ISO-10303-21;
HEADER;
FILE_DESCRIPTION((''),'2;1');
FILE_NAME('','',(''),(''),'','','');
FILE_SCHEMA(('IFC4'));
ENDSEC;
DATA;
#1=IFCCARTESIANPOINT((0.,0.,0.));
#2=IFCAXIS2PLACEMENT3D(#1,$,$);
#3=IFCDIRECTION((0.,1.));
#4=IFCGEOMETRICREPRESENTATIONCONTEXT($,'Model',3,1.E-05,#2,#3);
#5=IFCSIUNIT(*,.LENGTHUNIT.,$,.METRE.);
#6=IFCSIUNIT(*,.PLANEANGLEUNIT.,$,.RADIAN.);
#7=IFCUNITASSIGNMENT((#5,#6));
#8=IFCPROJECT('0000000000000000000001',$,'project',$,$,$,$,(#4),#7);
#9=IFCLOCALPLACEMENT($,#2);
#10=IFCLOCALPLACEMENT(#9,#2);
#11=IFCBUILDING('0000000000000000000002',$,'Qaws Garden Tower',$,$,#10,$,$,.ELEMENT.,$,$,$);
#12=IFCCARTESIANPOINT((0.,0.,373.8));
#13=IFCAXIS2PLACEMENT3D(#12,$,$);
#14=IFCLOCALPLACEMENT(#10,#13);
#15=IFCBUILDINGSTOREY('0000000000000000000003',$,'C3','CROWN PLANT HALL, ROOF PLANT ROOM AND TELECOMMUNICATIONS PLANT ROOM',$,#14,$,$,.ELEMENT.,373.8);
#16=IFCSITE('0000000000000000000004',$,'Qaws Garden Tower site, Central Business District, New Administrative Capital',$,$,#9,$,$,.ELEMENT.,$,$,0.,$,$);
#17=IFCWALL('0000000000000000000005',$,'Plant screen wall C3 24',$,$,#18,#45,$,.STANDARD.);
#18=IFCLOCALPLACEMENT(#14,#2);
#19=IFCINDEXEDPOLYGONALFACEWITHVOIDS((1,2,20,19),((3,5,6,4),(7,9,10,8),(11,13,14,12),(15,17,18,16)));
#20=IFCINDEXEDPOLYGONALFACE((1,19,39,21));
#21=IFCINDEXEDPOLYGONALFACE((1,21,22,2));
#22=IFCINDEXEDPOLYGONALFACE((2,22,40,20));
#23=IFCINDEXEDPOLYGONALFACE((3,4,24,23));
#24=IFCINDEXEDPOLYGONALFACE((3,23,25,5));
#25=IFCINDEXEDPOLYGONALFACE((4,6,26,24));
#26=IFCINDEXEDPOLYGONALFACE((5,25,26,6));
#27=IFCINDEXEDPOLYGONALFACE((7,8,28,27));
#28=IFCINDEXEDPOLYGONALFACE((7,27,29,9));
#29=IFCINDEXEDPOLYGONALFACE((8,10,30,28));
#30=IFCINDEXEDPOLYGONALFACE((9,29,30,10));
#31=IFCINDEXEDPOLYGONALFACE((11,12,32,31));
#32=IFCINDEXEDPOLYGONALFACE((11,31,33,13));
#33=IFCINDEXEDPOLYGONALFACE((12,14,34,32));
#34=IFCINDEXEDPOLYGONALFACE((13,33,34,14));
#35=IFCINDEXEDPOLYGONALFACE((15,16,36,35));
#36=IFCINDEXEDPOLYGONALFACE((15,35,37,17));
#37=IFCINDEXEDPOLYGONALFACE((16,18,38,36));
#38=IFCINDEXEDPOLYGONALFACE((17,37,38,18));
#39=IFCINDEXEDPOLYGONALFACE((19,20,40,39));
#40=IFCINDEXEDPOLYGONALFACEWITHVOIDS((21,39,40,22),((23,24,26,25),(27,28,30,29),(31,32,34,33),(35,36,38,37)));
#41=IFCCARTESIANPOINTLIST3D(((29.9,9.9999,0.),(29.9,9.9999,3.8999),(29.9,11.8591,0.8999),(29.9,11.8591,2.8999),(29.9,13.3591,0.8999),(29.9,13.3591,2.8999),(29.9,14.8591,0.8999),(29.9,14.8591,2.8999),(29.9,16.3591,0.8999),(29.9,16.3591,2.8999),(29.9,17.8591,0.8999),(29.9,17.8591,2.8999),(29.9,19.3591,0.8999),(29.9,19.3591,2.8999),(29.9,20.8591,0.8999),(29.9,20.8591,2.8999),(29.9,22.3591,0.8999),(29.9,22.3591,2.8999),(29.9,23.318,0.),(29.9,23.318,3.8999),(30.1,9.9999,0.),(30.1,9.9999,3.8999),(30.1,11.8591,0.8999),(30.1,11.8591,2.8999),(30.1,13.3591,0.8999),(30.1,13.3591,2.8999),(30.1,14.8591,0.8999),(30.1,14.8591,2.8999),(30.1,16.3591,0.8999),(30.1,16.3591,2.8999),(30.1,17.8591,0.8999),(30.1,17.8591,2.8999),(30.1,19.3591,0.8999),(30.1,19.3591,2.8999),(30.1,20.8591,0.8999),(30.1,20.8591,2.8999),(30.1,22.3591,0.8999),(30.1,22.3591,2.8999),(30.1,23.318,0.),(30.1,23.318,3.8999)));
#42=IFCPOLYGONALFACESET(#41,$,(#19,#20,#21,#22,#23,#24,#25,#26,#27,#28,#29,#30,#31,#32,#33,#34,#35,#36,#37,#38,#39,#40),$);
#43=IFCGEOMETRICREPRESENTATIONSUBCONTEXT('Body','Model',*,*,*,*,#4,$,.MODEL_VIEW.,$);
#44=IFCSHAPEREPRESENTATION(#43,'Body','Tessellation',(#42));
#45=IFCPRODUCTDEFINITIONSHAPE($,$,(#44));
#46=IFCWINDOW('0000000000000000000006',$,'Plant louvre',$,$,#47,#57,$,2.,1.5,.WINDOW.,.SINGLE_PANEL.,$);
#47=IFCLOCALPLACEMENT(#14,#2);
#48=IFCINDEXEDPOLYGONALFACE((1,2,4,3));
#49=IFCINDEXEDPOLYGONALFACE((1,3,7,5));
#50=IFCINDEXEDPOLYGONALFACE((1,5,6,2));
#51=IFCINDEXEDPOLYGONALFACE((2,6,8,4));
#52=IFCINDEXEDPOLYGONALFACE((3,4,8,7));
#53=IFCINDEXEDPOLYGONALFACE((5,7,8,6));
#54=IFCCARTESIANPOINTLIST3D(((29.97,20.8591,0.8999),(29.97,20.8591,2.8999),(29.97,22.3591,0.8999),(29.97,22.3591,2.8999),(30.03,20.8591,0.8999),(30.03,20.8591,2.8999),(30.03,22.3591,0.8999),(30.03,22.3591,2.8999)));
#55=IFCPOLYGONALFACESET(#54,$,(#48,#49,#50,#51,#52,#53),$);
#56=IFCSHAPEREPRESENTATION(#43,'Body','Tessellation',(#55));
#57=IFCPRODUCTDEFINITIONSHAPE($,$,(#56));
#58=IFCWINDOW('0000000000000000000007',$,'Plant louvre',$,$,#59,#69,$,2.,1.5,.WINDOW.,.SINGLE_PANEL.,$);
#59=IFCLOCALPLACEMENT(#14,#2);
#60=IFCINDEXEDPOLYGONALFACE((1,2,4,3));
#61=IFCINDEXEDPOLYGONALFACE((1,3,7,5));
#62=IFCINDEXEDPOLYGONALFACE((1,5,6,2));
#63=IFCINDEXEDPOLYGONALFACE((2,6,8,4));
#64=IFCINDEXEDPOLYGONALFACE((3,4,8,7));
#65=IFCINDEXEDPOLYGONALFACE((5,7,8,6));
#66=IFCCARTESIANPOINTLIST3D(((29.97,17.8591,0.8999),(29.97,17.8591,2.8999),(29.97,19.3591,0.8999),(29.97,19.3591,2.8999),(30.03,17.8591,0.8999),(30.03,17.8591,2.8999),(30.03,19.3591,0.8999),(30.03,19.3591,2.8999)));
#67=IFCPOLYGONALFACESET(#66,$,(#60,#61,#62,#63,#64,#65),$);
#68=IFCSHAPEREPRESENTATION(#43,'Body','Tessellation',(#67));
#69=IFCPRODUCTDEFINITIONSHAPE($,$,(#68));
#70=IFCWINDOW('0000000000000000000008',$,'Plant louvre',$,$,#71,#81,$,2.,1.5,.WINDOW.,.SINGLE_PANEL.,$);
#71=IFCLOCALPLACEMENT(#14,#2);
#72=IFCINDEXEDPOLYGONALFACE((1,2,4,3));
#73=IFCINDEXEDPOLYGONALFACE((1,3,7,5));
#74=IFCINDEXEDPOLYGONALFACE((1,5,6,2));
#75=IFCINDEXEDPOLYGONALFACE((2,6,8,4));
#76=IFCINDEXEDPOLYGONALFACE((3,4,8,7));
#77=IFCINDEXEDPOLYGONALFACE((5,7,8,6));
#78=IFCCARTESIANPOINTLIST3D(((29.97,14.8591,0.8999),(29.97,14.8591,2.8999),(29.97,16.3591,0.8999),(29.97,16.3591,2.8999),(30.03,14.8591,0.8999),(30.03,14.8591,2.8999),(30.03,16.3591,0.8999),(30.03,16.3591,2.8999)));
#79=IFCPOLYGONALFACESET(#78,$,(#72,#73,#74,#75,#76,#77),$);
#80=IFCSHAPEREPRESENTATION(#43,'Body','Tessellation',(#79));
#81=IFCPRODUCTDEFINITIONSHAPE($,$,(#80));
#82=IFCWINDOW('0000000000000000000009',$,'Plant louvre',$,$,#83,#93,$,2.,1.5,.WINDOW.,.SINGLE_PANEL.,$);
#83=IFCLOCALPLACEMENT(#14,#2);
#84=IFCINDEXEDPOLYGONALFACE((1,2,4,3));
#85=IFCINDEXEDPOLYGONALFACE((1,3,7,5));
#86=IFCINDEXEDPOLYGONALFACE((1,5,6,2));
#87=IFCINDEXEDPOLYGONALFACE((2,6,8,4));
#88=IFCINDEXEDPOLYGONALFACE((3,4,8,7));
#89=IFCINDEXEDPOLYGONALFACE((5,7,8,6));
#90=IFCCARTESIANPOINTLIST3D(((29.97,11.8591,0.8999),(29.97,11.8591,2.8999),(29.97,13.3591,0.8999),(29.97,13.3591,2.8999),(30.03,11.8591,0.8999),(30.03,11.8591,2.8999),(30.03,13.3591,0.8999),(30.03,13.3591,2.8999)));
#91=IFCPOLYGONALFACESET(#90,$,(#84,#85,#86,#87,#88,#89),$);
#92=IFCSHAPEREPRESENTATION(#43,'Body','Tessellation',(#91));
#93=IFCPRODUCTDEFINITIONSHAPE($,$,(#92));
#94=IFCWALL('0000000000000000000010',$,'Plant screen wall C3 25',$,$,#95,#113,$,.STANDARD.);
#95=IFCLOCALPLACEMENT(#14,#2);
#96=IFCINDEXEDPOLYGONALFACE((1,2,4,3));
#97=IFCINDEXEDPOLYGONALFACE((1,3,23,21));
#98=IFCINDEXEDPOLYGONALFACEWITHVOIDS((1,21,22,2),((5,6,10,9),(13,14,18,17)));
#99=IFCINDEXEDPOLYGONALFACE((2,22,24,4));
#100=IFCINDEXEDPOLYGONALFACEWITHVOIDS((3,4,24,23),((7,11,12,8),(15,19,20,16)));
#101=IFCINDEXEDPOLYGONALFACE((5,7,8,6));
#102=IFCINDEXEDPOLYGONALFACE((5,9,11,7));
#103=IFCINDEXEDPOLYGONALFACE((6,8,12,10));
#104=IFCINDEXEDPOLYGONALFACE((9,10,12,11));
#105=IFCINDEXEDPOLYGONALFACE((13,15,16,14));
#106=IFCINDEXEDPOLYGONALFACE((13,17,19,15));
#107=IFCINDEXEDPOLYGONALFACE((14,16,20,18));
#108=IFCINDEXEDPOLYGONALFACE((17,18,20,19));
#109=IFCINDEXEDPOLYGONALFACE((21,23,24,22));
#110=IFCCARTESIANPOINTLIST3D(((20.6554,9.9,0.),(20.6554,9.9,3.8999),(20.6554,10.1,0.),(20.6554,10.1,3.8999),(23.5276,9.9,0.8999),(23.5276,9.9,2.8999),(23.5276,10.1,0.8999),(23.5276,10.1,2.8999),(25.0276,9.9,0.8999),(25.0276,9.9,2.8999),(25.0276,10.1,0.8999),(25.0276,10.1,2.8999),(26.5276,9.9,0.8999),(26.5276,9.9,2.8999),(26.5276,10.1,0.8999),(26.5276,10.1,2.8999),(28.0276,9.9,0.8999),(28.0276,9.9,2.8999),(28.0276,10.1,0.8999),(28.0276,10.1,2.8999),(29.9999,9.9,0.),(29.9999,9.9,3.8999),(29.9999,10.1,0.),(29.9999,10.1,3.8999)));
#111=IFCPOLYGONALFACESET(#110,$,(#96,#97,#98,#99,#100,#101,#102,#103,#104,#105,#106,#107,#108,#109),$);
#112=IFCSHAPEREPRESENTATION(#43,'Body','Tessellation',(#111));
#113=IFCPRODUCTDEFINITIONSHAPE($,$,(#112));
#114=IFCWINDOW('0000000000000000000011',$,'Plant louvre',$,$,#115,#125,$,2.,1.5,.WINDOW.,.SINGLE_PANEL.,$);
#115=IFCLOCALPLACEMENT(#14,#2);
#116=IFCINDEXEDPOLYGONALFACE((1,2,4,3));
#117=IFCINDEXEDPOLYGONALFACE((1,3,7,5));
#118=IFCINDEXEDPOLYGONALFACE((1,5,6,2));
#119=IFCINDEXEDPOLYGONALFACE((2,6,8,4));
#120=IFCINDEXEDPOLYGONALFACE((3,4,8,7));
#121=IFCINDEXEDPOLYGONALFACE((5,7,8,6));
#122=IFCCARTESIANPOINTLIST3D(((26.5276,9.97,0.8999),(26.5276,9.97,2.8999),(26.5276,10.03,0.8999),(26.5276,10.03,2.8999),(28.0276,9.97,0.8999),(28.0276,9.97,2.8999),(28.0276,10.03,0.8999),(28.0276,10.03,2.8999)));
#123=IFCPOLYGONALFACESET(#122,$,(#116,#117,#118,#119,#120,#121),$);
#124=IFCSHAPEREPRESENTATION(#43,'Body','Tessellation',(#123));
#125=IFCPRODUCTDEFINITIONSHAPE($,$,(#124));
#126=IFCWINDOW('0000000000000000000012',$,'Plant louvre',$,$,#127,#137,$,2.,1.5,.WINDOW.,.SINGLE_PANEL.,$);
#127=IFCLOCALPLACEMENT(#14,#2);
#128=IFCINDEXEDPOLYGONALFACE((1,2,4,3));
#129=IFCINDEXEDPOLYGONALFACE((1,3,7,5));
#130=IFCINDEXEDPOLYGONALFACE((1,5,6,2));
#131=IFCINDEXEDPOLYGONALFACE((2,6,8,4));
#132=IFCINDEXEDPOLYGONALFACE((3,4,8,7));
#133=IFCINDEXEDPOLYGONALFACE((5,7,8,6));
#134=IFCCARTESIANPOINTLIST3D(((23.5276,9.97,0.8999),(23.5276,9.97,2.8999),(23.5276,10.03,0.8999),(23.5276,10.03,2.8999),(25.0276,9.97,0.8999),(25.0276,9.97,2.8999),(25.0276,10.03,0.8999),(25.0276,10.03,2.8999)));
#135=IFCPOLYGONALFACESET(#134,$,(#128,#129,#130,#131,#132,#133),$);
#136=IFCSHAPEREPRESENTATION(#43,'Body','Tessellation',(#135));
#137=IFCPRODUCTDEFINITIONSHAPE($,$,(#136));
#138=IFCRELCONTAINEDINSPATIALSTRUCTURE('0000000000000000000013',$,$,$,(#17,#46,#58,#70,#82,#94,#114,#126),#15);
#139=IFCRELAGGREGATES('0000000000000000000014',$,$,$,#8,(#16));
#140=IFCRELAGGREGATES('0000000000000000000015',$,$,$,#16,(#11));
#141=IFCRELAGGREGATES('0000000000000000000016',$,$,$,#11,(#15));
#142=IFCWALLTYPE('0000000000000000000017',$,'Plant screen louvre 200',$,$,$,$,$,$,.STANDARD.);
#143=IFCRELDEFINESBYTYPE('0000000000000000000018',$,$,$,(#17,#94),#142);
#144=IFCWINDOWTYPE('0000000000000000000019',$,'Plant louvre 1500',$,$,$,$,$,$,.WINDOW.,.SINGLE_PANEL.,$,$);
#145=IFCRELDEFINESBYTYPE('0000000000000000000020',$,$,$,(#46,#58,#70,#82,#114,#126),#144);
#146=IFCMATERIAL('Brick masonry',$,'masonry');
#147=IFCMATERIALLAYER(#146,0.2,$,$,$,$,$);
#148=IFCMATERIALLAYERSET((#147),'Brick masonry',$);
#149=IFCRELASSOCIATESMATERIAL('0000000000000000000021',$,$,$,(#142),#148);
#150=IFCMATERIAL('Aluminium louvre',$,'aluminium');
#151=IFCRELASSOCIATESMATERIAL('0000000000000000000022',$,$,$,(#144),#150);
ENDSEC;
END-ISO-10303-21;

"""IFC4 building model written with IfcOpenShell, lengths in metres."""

from ifc_helpers import new_model, si_unit, direction, frame, frame_2d, origin, place, context, subcontext, project, spatial, rectangle, extrude, material, layer, layer_set, type_object, element, fill, save


model = new_model("IFC4")

# Units and contexts
model_context = context("Model", 3, precision=1e-05, world=origin(), true_north=direction((0.0, 1.0)))
body_context = subcontext(model_context, "Body", "Model", "MODEL_VIEW")
ifc_project = project(units=[si_unit("LENGTHUNIT", "METRE"), si_unit("PLANEANGLEUNIT", "RADIAN")], contexts=[model_context])

# Site, building, storey
site_placement = place(None, origin())
site = spatial("IfcSite", under=ifc_project, at=site_placement, Name="Qaws Garden Tower site, Central Business District, New Administrative Capital", CompositionType="ELEMENT", RefElevation=0.0)
building_placement = place(site_placement, origin())
building = spatial("IfcBuilding", under=site, at=building_placement, Name="Qaws Garden Tower", CompositionType="ELEMENT")
storey_placement = place(building_placement, frame((0.0, 0.0, 373.8)))
storey = spatial("IfcBuildingStorey", under=building, at=storey_placement, Name="C3", Description="CROWN PLANT HALL, ROOF PLANT ROOM AND TELECOMMUNICATIONS PLANT ROOM", CompositionType="ELEMENT", Elevation=373.8)

# Shared definitions
ifc_material_1 = material(Name="Brick masonry", Category="masonry")
ifc_layer_1 = layer(ifc_material_1, 0.2)
ifc_layer_set_1 = layer_set([ifc_layer_1], Name="Brick masonry")
wall_type_1 = type_object("IfcWallType", Name="Plant screen louvre 200", PredefinedType="STANDARD", material=ifc_layer_set_1)

# Walls, openings, windows
wall_1_placement = place(storey_placement, frame((30.0, 23.3181, 0.0), z_axis=(0.0, 0.0, 1.0), x_axis=(0.0, -1.0, 0.0)))
wall_1 = element("IfcWall", 1, at=wall_1_placement, inside=storey, type_object=wall_type_1, Name="Plant screen wall C3 24", PredefinedType="STANDARD", context=body_context, shape_type="SweptSolid", body=[
    extrude(rectangle(XDim=13.3181, YDim=0.2, at=frame_2d((6.6592, 0.0))), origin(), (0.0, 0.0, 1.0), 3.8999),
])
opening_1_placement = place(wall_1_placement, frame((0.959, 0.0, 0.8999)))
opening_1 = element("IfcOpeningElement", 2, at=opening_1_placement, cuts=wall_1, PredefinedType="OPENING", context=body_context, shape_type="SweptSolid", body=[
    extrude(rectangle(XDim=1.5, YDim=2.0, at=frame_2d((0.75, 1.0))), frame((0.0, 0.1099, 0.0), z_axis=(0.0, -1.0, 0.0), x_axis=(1.0, 0.0, 0.0)), (0.0, 0.0, 1.0), 0.22),
])
opening_2_placement = place(wall_1_placement, frame((3.959, 0.0, 0.8999)))
opening_2 = element("IfcOpeningElement", 3, at=opening_2_placement, cuts=wall_1, PredefinedType="OPENING", context=body_context, shape_type="SweptSolid", body=[
    extrude(rectangle(XDim=1.5, YDim=2.0, at=frame_2d((0.75, 1.0))), frame((0.0, 0.1099, 0.0), z_axis=(0.0, -1.0, 0.0), x_axis=(1.0, 0.0, 0.0)), (0.0, 0.0, 1.0), 0.22),
])
opening_3_placement = place(wall_1_placement, frame((6.959, 0.0, 0.8999)))
opening_3 = element("IfcOpeningElement", 4, at=opening_3_placement, cuts=wall_1, PredefinedType="OPENING", context=body_context, shape_type="SweptSolid", body=[
    extrude(rectangle(XDim=1.5, YDim=2.0, at=frame_2d((0.75, 1.0))), frame((0.0, 0.1099, 0.0), z_axis=(0.0, -1.0, 0.0), x_axis=(1.0, 0.0, 0.0)), (0.0, 0.0, 1.0), 0.22),
])
opening_4_placement = place(wall_1_placement, frame((9.959, 0.0, 0.8999)))
opening_4 = element("IfcOpeningElement", 5, at=opening_4_placement, cuts=wall_1, PredefinedType="OPENING", context=body_context, shape_type="SweptSolid", body=[
    extrude(rectangle(XDim=1.5, YDim=2.0, at=frame_2d((0.75, 1.0))), frame((0.0, 0.1099, 0.0), z_axis=(0.0, -1.0, 0.0), x_axis=(1.0, 0.0, 0.0)), (0.0, 0.0, 1.0), 0.22),
])
ifc_material_2 = material(Name="Aluminium louvre", Category="aluminium")
window_type = type_object("IfcWindowType", Name="Plant louvre 1500", PartitioningType="SINGLE_PANEL", PredefinedType="WINDOW", material=ifc_material_2)
window_1_placement = place(opening_1_placement, origin())
window_1 = element("IfcWindow", 6, at=window_1_placement, inside=storey, type_object=window_type, Name="Plant louvre", OverallHeight=2.0, OverallWidth=1.5, PartitioningType="SINGLE_PANEL", PredefinedType="WINDOW", context=body_context, shape_type="SweptSolid", body=[
    extrude(rectangle(XDim=1.5, YDim=2.0, at=frame_2d((0.75, 1.0))), frame((0.0, 0.03, 0.0), z_axis=(0.0, -1.0, 0.0), x_axis=(1.0, 0.0, 0.0)), (0.0, 0.0, 1.0), 0.0601),
])
fill(opening_1, window_1)
window_2_placement = place(opening_2_placement, origin())
window_2 = element("IfcWindow", 7, at=window_2_placement, inside=storey, type_object=window_type, Name="Plant louvre", OverallHeight=2.0, OverallWidth=1.5, PartitioningType="SINGLE_PANEL", PredefinedType="WINDOW", context=body_context, shape_type="SweptSolid", body=[
    extrude(rectangle(XDim=1.5, YDim=2.0, at=frame_2d((0.75, 1.0))), frame((0.0, 0.03, 0.0), z_axis=(0.0, -1.0, 0.0), x_axis=(1.0, 0.0, 0.0)), (0.0, 0.0, 1.0), 0.0601),
])
fill(opening_2, window_2)
window_3_placement = place(opening_3_placement, origin())
window_3 = element("IfcWindow", 8, at=window_3_placement, inside=storey, type_object=window_type, Name="Plant louvre", OverallHeight=2.0, OverallWidth=1.5, PartitioningType="SINGLE_PANEL", PredefinedType="WINDOW", context=body_context, shape_type="SweptSolid", body=[
    extrude(rectangle(XDim=1.5, YDim=2.0, at=frame_2d((0.75, 1.0))), frame((0.0, 0.03, 0.0), z_axis=(0.0, -1.0, 0.0), x_axis=(1.0, 0.0, 0.0)), (0.0, 0.0, 1.0), 0.0601),
])
fill(opening_3, window_3)
window_4_placement = place(opening_4_placement, origin())
window_4 = element("IfcWindow", 9, at=window_4_placement, inside=storey, type_object=window_type, Name="Plant louvre", OverallHeight=2.0, OverallWidth=1.5, PartitioningType="SINGLE_PANEL", PredefinedType="WINDOW", context=body_context, shape_type="SweptSolid", body=[
    extrude(rectangle(XDim=1.5, YDim=2.0, at=frame_2d((0.75, 1.0))), frame((0.0, 0.03, 0.0), z_axis=(0.0, -1.0, 0.0), x_axis=(1.0, 0.0, 0.0)), (0.0, 0.0, 1.0), 0.0601),
])
fill(opening_4, window_4)
wall_2_placement = place(storey_placement, frame((30.0, 10.0, 0.0), z_axis=(0.0, 0.0, 1.0), x_axis=(-1.0, 0.0, 0.0)))
wall_2 = element("IfcWall", 10, at=wall_2_placement, inside=storey, type_object=wall_type_1, Name="Plant screen wall C3 25", PredefinedType="STANDARD", context=body_context, shape_type="SweptSolid", body=[
    extrude(rectangle(XDim=9.3445, YDim=0.2, at=frame_2d((4.6724, 0.0))), origin(), (0.0, 0.0, 1.0), 3.8999),
])
opening_5_placement = place(wall_2_placement, frame((1.9724, 0.0, 0.8999)))
opening_5 = element("IfcOpeningElement", 11, at=opening_5_placement, cuts=wall_2, PredefinedType="OPENING", context=body_context, shape_type="SweptSolid", body=[
    extrude(rectangle(XDim=1.5, YDim=2.0, at=frame_2d((0.75, 1.0))), frame((0.0, 0.1099, 0.0), z_axis=(0.0, -1.0, 0.0), x_axis=(1.0, 0.0, 0.0)), (0.0, 0.0, 1.0), 0.22),
])
opening_6_placement = place(wall_2_placement, frame((4.9724, 0.0, 0.8999)))
opening_6 = element("IfcOpeningElement", 12, at=opening_6_placement, cuts=wall_2, PredefinedType="OPENING", context=body_context, shape_type="SweptSolid", body=[
    extrude(rectangle(XDim=1.5, YDim=2.0, at=frame_2d((0.75, 1.0))), frame((0.0, 0.1099, 0.0), z_axis=(0.0, -1.0, 0.0), x_axis=(1.0, 0.0, 0.0)), (0.0, 0.0, 1.0), 0.22),
])
window_5_placement = place(opening_5_placement, origin())
window_5 = element("IfcWindow", 13, at=window_5_placement, inside=storey, type_object=window_type, Name="Plant louvre", OverallHeight=2.0, OverallWidth=1.5, PartitioningType="SINGLE_PANEL", PredefinedType="WINDOW", context=body_context, shape_type="SweptSolid", body=[
    extrude(rectangle(XDim=1.5, YDim=2.0, at=frame_2d((0.75, 1.0))), frame((0.0, 0.03, 0.0), z_axis=(0.0, -1.0, 0.0), x_axis=(1.0, 0.0, 0.0)), (0.0, 0.0, 1.0), 0.0601),
])
fill(opening_5, window_5)
window_6_placement = place(opening_6_placement, origin())
window_6 = element("IfcWindow", 14, at=window_6_placement, inside=storey, type_object=window_type, Name="Plant louvre", OverallHeight=2.0, OverallWidth=1.5, PartitioningType="SINGLE_PANEL", PredefinedType="WINDOW", context=body_context, shape_type="SweptSolid", body=[
    extrude(rectangle(XDim=1.5, YDim=2.0, at=frame_2d((0.75, 1.0))), frame((0.0, 0.03, 0.0), z_axis=(0.0, -1.0, 0.0), x_axis=(1.0, 0.0, 0.0)), (0.0, 0.0, 1.0), 0.0601),
])
fill(opening_6, window_6)

save(model, "model.ifc")
